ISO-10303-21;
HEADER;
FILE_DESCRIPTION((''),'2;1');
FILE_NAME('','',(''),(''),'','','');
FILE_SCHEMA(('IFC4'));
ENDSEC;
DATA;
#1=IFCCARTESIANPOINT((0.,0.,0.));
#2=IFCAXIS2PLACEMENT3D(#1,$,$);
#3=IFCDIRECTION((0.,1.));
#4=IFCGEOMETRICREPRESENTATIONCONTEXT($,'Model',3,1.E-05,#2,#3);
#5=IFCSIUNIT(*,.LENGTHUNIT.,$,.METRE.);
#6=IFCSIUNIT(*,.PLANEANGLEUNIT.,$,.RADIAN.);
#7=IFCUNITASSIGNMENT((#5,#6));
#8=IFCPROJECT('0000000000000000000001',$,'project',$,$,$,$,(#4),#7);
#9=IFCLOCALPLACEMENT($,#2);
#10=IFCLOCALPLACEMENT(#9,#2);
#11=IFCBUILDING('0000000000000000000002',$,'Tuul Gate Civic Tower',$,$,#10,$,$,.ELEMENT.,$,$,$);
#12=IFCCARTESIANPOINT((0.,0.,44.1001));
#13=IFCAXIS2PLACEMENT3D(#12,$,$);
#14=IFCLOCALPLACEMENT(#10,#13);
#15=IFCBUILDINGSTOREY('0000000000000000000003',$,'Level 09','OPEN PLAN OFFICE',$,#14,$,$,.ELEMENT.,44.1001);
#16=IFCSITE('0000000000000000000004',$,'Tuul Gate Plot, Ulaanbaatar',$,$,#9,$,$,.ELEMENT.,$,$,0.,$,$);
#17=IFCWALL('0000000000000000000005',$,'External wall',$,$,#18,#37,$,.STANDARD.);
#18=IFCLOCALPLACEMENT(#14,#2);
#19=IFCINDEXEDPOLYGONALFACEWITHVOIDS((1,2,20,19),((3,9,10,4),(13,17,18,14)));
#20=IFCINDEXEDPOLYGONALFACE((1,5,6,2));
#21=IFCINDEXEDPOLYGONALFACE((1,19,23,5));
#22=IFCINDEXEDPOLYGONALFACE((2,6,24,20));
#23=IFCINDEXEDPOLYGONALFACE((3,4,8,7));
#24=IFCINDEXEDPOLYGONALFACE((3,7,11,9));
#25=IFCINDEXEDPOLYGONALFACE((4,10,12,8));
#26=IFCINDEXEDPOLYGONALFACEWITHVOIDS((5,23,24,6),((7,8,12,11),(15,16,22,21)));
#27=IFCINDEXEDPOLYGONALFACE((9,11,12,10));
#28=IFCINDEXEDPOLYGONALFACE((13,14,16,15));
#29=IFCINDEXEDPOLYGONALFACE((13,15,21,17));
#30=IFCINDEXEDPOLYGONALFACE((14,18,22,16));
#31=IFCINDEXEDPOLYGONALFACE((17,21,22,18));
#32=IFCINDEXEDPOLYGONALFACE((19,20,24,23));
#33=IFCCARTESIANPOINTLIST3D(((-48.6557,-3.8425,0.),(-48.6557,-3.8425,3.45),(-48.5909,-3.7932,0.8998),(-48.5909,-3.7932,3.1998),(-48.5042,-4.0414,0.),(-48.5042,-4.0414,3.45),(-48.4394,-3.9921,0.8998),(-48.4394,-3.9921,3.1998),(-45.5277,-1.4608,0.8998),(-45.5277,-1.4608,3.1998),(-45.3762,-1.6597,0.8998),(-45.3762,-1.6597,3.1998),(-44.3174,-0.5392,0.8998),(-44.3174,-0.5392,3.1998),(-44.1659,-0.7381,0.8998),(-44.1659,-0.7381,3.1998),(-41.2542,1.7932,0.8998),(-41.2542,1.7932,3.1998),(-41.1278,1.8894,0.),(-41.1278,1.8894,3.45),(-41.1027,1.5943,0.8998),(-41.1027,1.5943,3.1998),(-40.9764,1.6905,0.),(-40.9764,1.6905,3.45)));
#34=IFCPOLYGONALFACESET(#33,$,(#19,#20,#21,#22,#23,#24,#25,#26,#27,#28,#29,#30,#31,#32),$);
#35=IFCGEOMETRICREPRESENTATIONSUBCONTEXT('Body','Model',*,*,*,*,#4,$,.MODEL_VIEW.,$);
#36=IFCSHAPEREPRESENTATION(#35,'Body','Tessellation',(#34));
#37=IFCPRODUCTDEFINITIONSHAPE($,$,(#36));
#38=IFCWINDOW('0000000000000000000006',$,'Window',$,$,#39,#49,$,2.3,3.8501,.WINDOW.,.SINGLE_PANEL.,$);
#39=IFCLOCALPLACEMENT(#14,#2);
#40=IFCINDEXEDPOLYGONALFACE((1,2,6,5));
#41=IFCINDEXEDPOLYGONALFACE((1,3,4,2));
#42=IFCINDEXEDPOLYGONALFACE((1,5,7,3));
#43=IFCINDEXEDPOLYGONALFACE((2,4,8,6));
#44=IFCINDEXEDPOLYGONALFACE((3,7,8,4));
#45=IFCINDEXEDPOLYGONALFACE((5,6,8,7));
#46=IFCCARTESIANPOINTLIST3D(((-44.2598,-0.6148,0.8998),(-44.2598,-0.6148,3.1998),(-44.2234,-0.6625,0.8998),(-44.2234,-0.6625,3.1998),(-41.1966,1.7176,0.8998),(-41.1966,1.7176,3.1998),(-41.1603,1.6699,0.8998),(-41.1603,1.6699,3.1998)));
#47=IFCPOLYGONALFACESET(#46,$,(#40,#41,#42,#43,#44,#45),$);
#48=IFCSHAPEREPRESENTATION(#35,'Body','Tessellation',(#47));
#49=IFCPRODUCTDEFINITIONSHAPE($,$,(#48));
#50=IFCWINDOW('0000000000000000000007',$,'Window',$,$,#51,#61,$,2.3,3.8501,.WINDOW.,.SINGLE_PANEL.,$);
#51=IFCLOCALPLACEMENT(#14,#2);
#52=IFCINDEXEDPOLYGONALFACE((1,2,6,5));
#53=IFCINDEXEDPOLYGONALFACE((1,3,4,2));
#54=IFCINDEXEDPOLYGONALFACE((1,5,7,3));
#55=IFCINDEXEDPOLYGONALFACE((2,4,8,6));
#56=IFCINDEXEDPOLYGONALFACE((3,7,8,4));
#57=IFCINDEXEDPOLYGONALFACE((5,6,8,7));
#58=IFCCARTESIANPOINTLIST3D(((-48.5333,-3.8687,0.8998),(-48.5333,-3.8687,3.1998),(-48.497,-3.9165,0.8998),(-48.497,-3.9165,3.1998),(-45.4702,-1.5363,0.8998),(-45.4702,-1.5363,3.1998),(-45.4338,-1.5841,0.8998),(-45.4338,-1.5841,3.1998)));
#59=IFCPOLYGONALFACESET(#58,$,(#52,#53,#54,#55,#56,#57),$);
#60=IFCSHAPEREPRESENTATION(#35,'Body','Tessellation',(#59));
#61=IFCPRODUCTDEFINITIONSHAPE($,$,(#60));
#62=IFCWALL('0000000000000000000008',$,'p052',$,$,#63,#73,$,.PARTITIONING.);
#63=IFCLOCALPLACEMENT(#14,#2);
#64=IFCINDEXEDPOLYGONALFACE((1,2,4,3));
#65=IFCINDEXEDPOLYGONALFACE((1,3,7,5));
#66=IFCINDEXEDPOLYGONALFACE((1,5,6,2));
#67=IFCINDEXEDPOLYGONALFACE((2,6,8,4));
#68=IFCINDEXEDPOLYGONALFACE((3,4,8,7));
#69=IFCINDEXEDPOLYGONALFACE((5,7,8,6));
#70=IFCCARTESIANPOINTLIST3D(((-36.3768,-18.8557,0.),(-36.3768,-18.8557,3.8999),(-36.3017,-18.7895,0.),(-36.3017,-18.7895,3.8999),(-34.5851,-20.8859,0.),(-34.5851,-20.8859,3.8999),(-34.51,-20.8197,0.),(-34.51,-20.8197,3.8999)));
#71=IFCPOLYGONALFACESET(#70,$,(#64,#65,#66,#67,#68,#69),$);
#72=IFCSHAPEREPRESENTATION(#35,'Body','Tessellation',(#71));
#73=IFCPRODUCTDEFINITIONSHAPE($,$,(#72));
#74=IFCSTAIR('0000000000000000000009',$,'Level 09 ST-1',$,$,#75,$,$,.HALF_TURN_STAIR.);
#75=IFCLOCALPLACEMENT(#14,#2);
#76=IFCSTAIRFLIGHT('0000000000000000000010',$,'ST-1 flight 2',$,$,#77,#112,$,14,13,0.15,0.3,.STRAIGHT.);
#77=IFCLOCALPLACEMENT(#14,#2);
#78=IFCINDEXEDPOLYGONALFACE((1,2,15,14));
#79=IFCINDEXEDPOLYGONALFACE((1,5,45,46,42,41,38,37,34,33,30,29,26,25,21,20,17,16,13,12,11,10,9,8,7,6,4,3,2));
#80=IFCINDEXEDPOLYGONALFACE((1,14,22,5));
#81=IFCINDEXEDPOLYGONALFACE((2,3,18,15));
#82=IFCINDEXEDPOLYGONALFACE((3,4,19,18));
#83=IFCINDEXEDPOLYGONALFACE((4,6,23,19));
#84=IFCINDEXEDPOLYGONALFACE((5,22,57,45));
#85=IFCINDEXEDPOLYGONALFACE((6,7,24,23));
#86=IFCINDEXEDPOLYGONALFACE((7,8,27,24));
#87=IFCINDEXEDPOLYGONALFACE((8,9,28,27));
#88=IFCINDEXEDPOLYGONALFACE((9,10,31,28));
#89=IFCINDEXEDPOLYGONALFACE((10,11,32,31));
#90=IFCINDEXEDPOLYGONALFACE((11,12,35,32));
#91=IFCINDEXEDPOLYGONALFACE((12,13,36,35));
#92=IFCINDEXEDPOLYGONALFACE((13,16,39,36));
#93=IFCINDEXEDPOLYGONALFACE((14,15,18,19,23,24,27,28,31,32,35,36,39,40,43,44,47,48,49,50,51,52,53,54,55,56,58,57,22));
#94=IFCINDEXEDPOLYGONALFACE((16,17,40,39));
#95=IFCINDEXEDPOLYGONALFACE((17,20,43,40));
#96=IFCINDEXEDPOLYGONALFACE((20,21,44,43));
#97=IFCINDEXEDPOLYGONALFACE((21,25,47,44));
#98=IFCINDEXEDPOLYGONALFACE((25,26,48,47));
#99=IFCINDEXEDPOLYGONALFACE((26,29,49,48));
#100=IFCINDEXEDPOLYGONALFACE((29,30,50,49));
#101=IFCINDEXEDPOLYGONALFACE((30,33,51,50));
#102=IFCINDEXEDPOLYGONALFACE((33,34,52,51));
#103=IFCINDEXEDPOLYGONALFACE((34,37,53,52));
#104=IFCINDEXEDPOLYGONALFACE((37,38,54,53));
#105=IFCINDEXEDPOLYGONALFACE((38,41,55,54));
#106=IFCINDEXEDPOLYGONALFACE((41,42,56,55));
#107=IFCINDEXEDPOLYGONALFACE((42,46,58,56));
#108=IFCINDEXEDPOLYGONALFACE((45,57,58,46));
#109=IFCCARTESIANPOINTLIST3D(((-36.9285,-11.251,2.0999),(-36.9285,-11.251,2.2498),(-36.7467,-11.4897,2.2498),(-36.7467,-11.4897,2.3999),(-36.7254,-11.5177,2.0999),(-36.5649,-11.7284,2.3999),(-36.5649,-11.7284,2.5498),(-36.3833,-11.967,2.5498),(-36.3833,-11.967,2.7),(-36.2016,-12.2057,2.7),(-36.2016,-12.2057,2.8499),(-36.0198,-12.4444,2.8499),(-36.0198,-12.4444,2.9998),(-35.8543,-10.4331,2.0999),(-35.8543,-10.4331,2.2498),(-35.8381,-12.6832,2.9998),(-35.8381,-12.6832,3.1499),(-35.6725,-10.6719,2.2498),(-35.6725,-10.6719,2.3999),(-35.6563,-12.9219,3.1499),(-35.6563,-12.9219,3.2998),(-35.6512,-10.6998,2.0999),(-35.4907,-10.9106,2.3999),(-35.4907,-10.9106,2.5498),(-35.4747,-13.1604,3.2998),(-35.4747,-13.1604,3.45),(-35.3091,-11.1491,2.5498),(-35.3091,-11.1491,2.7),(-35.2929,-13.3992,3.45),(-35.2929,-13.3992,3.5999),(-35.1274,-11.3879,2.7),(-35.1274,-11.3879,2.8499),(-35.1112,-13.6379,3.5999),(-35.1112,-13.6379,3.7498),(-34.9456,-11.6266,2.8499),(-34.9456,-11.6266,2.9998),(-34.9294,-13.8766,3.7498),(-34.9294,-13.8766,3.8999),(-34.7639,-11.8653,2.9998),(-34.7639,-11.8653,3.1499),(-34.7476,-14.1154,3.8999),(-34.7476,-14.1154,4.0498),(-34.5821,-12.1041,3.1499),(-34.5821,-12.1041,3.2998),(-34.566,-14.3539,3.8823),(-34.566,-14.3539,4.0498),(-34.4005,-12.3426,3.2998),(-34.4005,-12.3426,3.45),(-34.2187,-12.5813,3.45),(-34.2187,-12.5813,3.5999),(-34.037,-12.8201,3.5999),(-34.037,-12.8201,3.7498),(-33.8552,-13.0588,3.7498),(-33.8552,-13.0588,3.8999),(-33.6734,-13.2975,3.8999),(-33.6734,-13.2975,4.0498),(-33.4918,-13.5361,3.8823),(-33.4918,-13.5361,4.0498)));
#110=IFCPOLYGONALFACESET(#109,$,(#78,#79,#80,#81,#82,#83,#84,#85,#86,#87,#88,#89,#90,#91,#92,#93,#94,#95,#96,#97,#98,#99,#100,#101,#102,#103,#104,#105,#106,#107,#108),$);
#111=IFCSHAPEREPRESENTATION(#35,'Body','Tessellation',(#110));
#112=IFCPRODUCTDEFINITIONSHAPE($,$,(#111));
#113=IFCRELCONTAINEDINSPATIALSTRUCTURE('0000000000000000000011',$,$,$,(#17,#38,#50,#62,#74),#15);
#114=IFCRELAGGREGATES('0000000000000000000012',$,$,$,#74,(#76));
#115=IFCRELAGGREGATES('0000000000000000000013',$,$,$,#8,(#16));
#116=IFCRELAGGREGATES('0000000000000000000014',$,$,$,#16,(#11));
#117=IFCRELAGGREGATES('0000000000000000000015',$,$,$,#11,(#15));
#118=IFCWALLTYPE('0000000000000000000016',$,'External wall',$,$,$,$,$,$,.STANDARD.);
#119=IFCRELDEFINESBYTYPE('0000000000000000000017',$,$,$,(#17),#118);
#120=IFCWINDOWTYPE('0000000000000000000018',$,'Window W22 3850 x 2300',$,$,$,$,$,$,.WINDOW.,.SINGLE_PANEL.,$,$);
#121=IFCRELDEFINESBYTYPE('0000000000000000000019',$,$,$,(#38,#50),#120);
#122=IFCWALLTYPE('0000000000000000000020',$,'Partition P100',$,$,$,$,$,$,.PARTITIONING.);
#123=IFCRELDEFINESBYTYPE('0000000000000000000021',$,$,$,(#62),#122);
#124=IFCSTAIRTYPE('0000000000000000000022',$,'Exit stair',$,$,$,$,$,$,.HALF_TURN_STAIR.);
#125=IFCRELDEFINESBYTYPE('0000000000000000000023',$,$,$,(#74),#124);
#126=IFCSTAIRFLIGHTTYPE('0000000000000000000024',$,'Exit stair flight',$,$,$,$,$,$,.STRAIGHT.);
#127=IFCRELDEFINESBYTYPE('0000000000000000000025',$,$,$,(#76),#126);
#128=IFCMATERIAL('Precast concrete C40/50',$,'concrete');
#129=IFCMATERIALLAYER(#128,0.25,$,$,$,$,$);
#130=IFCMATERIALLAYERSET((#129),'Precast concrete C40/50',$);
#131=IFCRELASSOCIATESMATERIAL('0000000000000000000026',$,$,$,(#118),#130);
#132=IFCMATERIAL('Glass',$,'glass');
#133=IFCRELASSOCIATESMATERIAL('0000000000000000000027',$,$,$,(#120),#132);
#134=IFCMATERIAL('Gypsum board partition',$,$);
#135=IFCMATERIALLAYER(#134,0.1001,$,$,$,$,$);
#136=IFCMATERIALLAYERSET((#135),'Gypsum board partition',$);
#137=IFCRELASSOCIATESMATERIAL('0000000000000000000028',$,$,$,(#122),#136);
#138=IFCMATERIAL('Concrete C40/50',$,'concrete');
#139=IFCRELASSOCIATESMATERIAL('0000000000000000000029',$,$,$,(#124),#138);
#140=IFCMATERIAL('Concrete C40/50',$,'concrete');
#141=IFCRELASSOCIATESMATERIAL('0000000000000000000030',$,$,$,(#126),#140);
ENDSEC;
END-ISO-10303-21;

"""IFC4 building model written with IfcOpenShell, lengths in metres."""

from ifc_helpers import new_model, si_unit, direction, frame, frame_2d, origin, place, context, subcontext, project, spatial, polyline, rectangle, outline, extrude, material, layer, layer_set, type_object, element, fill, aggregate, save


model = new_model("IFC4")

# Units and contexts
model_context = context("Model", 3, precision=1e-05, world=origin(), true_north=direction((0.0, 1.0)))
body_context = subcontext(model_context, "Body", "Model", "MODEL_VIEW")
ifc_project = project(units=[si_unit("LENGTHUNIT", "METRE"), si_unit("PLANEANGLEUNIT", "RADIAN")], contexts=[model_context])

# Site, building, storey
site_placement = place(None, origin())
site = spatial("IfcSite", under=ifc_project, at=site_placement, Name="Tuul Gate Plot, Ulaanbaatar", CompositionType="ELEMENT", RefElevation=0.0)
building_placement = place(site_placement, origin())
building = spatial("IfcBuilding", under=site, at=building_placement, Name="Tuul Gate Civic Tower", CompositionType="ELEMENT")
storey_placement = place(building_placement, frame((0.0, 0.0, 44.1001)))
storey = spatial("IfcBuildingStorey", under=building, at=storey_placement, Name="Level 09", Description="OPEN PLAN OFFICE", CompositionType="ELEMENT", Elevation=44.1001)

# Wall, openings, windows
ifc_material_1 = material(Name="Precast concrete C40/50", Category="concrete")
ifc_layer_1 = layer(ifc_material_1, 0.25)
ifc_layer_set_1 = layer_set([ifc_layer_1], Name="Precast concrete C40/50")
wall_type_1 = type_object("IfcWallType", Name="External wall", PredefinedType="STANDARD", material=ifc_layer_set_1)
wall_1_placement = place(storey_placement, frame((-41.052, 1.79, 0.0), z_axis=(0.0, 0.0, 1.0), x_axis=(-0.795613, -0.605805, 0.0)))
wall_1 = element("IfcWall", 1, at=wall_1_placement, inside=storey, type_object=wall_type_1, Name="External wall", PredefinedType="STANDARD", context=body_context, shape_type="SweptSolid", body=[
    extrude(rectangle(XDim=9.4617, YDim=0.25, at=frame_2d((4.731, 0.0))), origin(), (0.0, 0.0, 1.0), 3.45),
])
opening_1_placement = place(wall_1_placement, frame((0.1589, 0.0, 0.8999)))
opening_1 = element("IfcOpeningElement", 2, at=opening_1_placement, cuts=wall_1, PredefinedType="OPENING", context=body_context, shape_type="SweptSolid", body=[
    extrude(rectangle(XDim=3.8501, YDim=2.3, at=frame_2d((1.925, 1.1499))), frame((0.0, 0.135, 0.0), z_axis=(0.0, -1.0, 0.0), x_axis=(1.0, 0.0, 0.0)), (0.0, 0.0, 1.0), 0.27),
])
opening_2_placement = place(wall_1_placement, frame((5.5303, 0.0, 0.8999)))
opening_2 = element("IfcOpeningElement", 3, at=opening_2_placement, cuts=wall_1, PredefinedType="OPENING", context=body_context, shape_type="SweptSolid", body=[
    extrude(rectangle(XDim=3.8501, YDim=2.3, at=frame_2d((1.925, 1.1499))), frame((0.0, 0.135, 0.0), z_axis=(0.0, -1.0, 0.0), x_axis=(1.0, 0.0, 0.0)), (0.0, 0.0, 1.0), 0.27),
])
ifc_material_2 = material(Name="Glass", Category="glass")
window_type = type_object("IfcWindowType", Name="Window W22 3850 x 2300", PartitioningType="SINGLE_PANEL", PredefinedType="WINDOW", material=ifc_material_2)
window_1_placement = place(opening_1_placement, origin())
window_1 = element("IfcWindow", 4, at=window_1_placement, inside=storey, type_object=window_type, Name="Window", OverallHeight=2.3, OverallWidth=3.8501, PartitioningType="SINGLE_PANEL", PredefinedType="WINDOW", context=body_context, shape_type="SweptSolid", body=[
    extrude(rectangle(XDim=3.8501, YDim=2.3, at=frame_2d((1.925, 1.1499))), frame((0.0, 0.03, 0.0), z_axis=(0.0, -1.0, 0.0), x_axis=(1.0, 0.0, 0.0)), (0.0, 0.0, 1.0), 0.0601),
])
fill(opening_1, window_1)
window_2_placement = place(opening_2_placement, origin())
window_2 = element("IfcWindow", 5, at=window_2_placement, inside=storey, type_object=window_type, Name="Window", OverallHeight=2.3, OverallWidth=3.8501, PartitioningType="SINGLE_PANEL", PredefinedType="WINDOW", context=body_context, shape_type="SweptSolid", body=[
    extrude(rectangle(XDim=3.8501, YDim=2.3, at=frame_2d((1.925, 1.1499))), frame((0.0, 0.03, 0.0), z_axis=(0.0, -1.0, 0.0), x_axis=(1.0, 0.0, 0.0)), (0.0, 0.0, 1.0), 0.0601),
])
fill(opening_2, window_2)

# Wall
ifc_material_3 = material(Name="Gypsum board partition")
ifc_layer_2 = layer(ifc_material_3, 0.1001)
ifc_layer_set_2 = layer_set([ifc_layer_2], Name="Gypsum board partition")
wall_type_2 = type_object("IfcWallType", Name="Partition P100", PredefinedType="PARTITIONING", material=ifc_layer_set_2)
wall_2_placement = place(storey_placement, frame((-36.3394, -18.8225, 0.0), z_axis=(0.0, 0.0, 1.0), x_axis=(0.66169, -0.749777, 0.0)))
element("IfcWall", 6, at=wall_2_placement, inside=storey, type_object=wall_type_2, Name="p052", PredefinedType="PARTITIONING", context=body_context, shape_type="SweptSolid", body=[
    extrude(rectangle(XDim=2.7078, YDim=0.1001, at=frame_2d((1.354, 0.0))), origin(), (0.0, 0.0, 1.0), 3.8999),
])

# Stair, stair flight
ifc_material_4 = material(Name="Concrete C40/50", Category="concrete")
stair_type = type_object("IfcStairType", Name="Exit stair", PredefinedType="HALF_TURN_STAIR", material=ifc_material_4)
stair_placement = place(storey_placement, origin())
stair = element("IfcStair", 7, at=stair_placement, inside=storey, type_object=stair_type, Name="Level 09 ST-1", PredefinedType="HALF_TURN_STAIR")
ifc_material_5 = material(Name="Concrete C40/50", Category="concrete")
stair_flight_type = type_object("IfcStairFlightType", Name="Exit stair flight", PredefinedType="STRAIGHT", material=ifc_material_5)
stair_flight_placement = place(storey_placement, frame((-36.3914, -10.842, 2.0999), z_axis=(0.0, 0.0, 1.0), x_axis=(0.605764, -0.795644, 0.0)))
stair_flight = element("IfcStairFlight", 8, at=stair_flight_placement, type_object=stair_flight_type, Name="ST-1 flight 2", NumberOfRisers=14, NumberOfTreads=13, PredefinedType="STRAIGHT", RiserHeight=0.15, TreadLength=0.3, context=body_context, shape_type="SweptSolid", body=[
    extrude(outline(polyline([(0.0, 0.0), (0.0, 0.1499), (0.3, 0.1499), (0.3, 0.3), (0.6001, 0.3), (0.6001, 0.45), (0.8999, 0.45), (0.8999, 0.6001), (1.2, 0.6001), (1.2, 0.75), (1.5, 0.75), (1.5, 0.8999), (1.8, 0.8999), (1.8, 1.05), (2.1001, 1.05), (2.1001, 1.2), (2.3999, 1.2), (2.3999, 1.3501), (2.7, 1.3501), (2.7, 1.5), (3.0, 1.5), (3.0, 1.6499), (3.3, 1.6499), (3.3, 1.8), (3.6001, 1.8), (3.6001, 1.95), (3.8999, 1.95), (3.8999, 2.1001), (3.8999, 1.7825), (0.3352, 0.0), (0.0, 0.0)])), frame((0.0, 0.675, 0.0), z_axis=(0.0, -1.0, 0.0), x_axis=(1.0, 0.0, 0.0)), (0.0, 0.0, 1.0), 1.3501),
])
aggregate(stair, [stair_flight])

save(model, "model.ifc")
